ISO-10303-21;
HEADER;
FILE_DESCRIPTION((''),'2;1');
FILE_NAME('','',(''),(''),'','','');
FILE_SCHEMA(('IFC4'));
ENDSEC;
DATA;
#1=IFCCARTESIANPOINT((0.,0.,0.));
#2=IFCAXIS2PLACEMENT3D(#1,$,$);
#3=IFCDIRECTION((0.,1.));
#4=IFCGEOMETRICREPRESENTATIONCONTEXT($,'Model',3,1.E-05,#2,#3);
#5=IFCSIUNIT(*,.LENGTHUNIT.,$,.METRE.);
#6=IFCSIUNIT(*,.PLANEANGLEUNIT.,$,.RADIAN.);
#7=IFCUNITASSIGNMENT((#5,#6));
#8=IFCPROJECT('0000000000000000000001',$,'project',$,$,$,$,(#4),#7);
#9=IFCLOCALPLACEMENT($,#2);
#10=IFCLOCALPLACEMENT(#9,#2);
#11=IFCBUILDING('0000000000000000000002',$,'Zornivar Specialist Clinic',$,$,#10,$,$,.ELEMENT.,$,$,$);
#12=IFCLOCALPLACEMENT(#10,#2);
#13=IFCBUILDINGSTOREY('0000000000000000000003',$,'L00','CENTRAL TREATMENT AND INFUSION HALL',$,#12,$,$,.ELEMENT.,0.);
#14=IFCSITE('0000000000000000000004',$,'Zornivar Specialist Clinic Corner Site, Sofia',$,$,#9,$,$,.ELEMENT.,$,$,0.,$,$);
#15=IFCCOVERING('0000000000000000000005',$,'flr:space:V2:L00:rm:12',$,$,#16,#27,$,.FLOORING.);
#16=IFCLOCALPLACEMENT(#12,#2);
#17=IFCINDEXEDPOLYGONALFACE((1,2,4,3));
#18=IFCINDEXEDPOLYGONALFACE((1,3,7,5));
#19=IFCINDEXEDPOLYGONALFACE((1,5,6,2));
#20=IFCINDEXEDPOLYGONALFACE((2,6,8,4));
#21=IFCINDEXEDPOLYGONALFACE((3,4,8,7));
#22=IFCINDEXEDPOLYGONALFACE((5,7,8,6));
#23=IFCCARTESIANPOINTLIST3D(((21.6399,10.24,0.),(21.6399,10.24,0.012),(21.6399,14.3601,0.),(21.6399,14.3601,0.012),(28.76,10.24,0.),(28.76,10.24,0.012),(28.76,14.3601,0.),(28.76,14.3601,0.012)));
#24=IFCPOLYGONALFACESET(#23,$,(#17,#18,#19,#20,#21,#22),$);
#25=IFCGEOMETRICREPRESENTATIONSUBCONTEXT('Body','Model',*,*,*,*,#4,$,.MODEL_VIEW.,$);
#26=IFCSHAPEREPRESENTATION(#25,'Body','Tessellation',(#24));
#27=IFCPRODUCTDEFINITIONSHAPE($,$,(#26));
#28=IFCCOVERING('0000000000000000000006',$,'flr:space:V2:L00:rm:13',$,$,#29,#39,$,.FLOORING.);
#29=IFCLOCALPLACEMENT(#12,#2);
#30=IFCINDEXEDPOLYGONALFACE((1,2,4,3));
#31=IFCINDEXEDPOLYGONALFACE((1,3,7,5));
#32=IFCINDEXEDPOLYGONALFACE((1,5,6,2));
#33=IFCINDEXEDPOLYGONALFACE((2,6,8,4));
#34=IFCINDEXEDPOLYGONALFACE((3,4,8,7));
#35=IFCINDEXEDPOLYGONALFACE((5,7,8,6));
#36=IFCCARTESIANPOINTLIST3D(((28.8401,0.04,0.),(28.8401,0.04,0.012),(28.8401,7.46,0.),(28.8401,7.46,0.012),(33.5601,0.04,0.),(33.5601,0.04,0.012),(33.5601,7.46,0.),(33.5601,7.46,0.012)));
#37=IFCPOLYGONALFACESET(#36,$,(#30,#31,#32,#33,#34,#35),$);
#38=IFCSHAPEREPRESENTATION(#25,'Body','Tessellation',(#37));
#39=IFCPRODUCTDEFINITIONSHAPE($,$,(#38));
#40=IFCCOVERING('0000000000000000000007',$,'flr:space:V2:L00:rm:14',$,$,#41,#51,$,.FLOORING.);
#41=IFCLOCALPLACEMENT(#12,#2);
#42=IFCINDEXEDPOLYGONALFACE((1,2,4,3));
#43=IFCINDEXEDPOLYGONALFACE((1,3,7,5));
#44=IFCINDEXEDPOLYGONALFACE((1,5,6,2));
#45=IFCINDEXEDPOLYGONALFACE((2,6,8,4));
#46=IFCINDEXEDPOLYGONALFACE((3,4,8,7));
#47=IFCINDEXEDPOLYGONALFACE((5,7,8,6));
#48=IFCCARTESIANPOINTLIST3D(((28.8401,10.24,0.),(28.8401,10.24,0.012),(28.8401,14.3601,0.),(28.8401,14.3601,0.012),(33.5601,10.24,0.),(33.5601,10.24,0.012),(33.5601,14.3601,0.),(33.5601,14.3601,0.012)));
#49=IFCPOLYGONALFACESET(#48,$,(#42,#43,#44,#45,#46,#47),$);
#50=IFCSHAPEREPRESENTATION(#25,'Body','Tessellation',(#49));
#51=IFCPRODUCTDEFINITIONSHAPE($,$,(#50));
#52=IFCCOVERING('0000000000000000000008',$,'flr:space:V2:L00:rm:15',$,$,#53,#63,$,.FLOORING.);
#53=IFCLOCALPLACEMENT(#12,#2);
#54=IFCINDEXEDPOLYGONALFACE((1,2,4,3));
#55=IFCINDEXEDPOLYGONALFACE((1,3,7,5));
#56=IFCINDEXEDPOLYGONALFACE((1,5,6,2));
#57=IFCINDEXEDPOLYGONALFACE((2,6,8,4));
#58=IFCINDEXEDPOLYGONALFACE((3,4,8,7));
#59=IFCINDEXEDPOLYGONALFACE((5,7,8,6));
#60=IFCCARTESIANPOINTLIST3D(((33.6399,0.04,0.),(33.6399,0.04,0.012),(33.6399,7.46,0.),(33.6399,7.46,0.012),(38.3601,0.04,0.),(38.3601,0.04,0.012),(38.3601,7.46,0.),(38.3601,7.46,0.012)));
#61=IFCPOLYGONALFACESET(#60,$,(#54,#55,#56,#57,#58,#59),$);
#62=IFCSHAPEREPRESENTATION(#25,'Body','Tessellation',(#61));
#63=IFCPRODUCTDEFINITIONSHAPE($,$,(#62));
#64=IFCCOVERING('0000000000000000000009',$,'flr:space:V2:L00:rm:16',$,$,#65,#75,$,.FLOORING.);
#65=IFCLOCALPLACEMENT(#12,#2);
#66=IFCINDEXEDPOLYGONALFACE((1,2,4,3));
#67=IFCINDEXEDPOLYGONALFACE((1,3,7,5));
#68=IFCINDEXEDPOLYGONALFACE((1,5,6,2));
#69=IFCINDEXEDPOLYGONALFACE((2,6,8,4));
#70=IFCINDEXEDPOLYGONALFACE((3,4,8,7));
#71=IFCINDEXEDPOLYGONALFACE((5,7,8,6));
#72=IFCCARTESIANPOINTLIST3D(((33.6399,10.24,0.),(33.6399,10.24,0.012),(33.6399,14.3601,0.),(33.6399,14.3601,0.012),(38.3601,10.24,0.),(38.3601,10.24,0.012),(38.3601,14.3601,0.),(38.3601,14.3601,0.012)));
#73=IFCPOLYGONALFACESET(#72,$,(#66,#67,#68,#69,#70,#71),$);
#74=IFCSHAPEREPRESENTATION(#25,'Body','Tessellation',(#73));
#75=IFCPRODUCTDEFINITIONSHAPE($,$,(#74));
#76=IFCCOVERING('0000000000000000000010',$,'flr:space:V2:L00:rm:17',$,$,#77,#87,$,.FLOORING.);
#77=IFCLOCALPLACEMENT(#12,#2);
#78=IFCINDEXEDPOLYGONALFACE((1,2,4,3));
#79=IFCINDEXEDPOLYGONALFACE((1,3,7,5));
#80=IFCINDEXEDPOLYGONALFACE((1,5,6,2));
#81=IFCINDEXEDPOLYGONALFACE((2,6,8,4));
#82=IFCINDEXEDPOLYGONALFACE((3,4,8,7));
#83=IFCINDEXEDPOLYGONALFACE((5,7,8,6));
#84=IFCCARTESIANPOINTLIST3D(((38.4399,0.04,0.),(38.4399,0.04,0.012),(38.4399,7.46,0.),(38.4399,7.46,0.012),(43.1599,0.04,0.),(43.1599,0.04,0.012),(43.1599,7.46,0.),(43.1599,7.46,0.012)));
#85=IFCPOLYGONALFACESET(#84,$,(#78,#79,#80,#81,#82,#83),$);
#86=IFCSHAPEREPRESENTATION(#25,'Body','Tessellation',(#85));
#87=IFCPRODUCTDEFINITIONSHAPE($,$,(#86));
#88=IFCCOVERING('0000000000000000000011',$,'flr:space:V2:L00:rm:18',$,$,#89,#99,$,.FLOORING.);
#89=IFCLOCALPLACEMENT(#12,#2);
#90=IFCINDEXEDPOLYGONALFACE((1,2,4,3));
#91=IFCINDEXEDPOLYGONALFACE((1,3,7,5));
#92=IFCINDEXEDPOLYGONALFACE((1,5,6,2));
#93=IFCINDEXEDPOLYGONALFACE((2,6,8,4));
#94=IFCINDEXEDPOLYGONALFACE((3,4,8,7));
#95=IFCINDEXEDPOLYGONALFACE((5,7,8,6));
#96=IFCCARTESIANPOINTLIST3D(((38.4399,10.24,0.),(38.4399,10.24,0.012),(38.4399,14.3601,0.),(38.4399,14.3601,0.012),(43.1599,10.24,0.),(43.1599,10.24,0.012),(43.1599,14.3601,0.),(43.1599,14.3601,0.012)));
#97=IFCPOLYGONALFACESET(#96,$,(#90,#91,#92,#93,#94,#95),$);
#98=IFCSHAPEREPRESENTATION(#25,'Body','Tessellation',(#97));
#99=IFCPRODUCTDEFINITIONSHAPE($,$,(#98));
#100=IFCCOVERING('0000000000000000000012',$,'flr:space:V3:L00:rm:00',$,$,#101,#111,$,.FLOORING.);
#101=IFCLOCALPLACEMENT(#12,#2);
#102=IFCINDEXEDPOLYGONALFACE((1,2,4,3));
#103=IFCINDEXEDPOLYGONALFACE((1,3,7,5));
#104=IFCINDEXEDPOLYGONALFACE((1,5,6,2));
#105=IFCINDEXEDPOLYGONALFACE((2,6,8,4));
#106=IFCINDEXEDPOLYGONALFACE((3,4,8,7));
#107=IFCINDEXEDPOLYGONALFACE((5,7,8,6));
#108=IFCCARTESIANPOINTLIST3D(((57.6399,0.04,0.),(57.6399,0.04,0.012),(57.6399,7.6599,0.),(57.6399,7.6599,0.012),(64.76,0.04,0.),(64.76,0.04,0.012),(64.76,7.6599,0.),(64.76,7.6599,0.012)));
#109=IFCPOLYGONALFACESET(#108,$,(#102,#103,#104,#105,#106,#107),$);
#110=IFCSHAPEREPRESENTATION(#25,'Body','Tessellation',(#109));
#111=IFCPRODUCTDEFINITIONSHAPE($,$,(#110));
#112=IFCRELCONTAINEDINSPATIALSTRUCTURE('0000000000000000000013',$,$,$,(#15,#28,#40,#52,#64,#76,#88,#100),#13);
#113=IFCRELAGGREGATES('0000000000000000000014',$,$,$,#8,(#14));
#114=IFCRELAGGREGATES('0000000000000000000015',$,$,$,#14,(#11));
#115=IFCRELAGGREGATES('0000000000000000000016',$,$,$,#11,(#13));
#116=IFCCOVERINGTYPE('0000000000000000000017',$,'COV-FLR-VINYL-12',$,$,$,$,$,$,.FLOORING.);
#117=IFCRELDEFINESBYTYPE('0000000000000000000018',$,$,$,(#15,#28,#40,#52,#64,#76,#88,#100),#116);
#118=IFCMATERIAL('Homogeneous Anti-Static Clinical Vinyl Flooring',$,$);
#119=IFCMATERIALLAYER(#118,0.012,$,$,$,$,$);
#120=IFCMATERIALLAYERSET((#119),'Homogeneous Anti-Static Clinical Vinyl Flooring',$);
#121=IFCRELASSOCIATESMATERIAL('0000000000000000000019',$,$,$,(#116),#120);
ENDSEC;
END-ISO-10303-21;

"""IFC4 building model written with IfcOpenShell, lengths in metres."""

from ifc_helpers import new_model, si_unit, direction, origin, place, context, subcontext, project, spatial, polyline, outline, extrude, material, layer, layer_set, type_object, element, save


model = new_model("IFC4")

# Units and contexts
model_context = context("Model", 3, precision=1e-05, world=origin(), true_north=direction((0.0, 1.0)))
body_context = subcontext(model_context, "Body", "Model", "MODEL_VIEW")
ifc_project = project(units=[si_unit("LENGTHUNIT", "METRE"), si_unit("PLANEANGLEUNIT", "RADIAN")], contexts=[model_context])

# Site, building, storey
site_placement = place(None, origin())
site = spatial("IfcSite", under=ifc_project, at=site_placement, Name="Zornivar Specialist Clinic Corner Site, Sofia", CompositionType="ELEMENT", RefElevation=0.0)
building_placement = place(site_placement, origin())
building = spatial("IfcBuilding", under=site, at=building_placement, Name="Zornivar Specialist Clinic", CompositionType="ELEMENT")
storey_placement = place(building_placement, origin())
storey = spatial("IfcBuildingStorey", under=building, at=storey_placement, Name="L00", Description="CENTRAL TREATMENT AND INFUSION HALL", CompositionType="ELEMENT", Elevation=0.0)

# Coverings
ifc_material_1 = material(Name="Homogeneous Anti-Static Clinical Vinyl Flooring")
ifc_layer_1 = layer(ifc_material_1, 0.012)
ifc_layer_set_1 = layer_set([ifc_layer_1], Name="Homogeneous Anti-Static Clinical Vinyl Flooring")
covering_type_1 = type_object("IfcCoveringType", Name="COV-FLR-VINYL-12", PredefinedType="FLOORING", material=ifc_layer_set_1)
covering_1_placement = place(storey_placement, origin())
element("IfcCovering", 1, at=covering_1_placement, inside=storey, type_object=covering_type_1, Name="flr:space:V2:L00:rm:12", PredefinedType="FLOORING", context=body_context, shape_type="SweptSolid", body=[
    extrude(outline(polyline([(28.76, 10.24), (21.6399, 10.24), (21.6399, 14.3601), (28.76, 14.3601), (28.76, 10.24)])), origin(), (0.0, 0.0, 1.0), 0.012),
])
covering_2_placement = place(storey_placement, origin())
element("IfcCovering", 2, at=covering_2_placement, inside=storey, type_object=covering_type_1, Name="flr:space:V2:L00:rm:13", PredefinedType="FLOORING", context=body_context, shape_type="SweptSolid", body=[
    extrude(outline(polyline([(33.5601, 0.04), (28.8401, 0.04), (28.8401, 7.46), (33.5601, 7.46), (33.5601, 0.04)])), origin(), (0.0, 0.0, 1.0), 0.012),
])
covering_3_placement = place(storey_placement, origin())
element("IfcCovering", 3, at=covering_3_placement, inside=storey, type_object=covering_type_1, Name="flr:space:V2:L00:rm:14", PredefinedType="FLOORING", context=body_context, shape_type="SweptSolid", body=[
    extrude(outline(polyline([(33.5601, 10.24), (28.8401, 10.24), (28.8401, 14.3601), (33.5601, 14.3601), (33.5601, 10.24)])), origin(), (0.0, 0.0, 1.0), 0.012),
])
covering_4_placement = place(storey_placement, origin())
element("IfcCovering", 4, at=covering_4_placement, inside=storey, type_object=covering_type_1, Name="flr:space:V2:L00:rm:15", PredefinedType="FLOORING", context=body_context, shape_type="SweptSolid", body=[
    extrude(outline(polyline([(38.3601, 0.04), (33.6399, 0.04), (33.6399, 7.46), (38.3601, 7.46), (38.3601, 0.04)])), origin(), (0.0, 0.0, 1.0), 0.012),
])
covering_5_placement = place(storey_placement, origin())
element("IfcCovering", 5, at=covering_5_placement, inside=storey, type_object=covering_type_1, Name="flr:space:V2:L00:rm:16", PredefinedType="FLOORING", context=body_context, shape_type="SweptSolid", body=[
    extrude(outline(polyline([(38.3601, 10.24), (33.6399, 10.24), (33.6399, 14.3601), (38.3601, 14.3601), (38.3601, 10.24)])), origin(), (0.0, 0.0, 1.0), 0.012),
])
covering_6_placement = place(storey_placement, origin())
element("IfcCovering", 6, at=covering_6_placement, inside=storey, type_object=covering_type_1, Name="flr:space:V2:L00:rm:17", PredefinedType="FLOORING", context=body_context, shape_type="SweptSolid", body=[
    extrude(outline(polyline([(43.1599, 0.04), (38.4399, 0.04), (38.4399, 7.46), (43.1599, 7.46), (43.1599, 0.04)])), origin(), (0.0, 0.0, 1.0), 0.012),
])
covering_7_placement = place(storey_placement, origin())
element("IfcCovering", 7, at=covering_7_placement, inside=storey, type_object=covering_type_1, Name="flr:space:V2:L00:rm:18", PredefinedType="FLOORING", context=body_context, shape_type="SweptSolid", body=[
    extrude(outline(polyline([(43.1599, 10.24), (38.4399, 10.24), (38.4399, 14.3601), (43.1599, 14.3601), (43.1599, 10.24)])), origin(), (0.0, 0.0, 1.0), 0.012),
])
covering_8_placement = place(storey_placement, origin())
element("IfcCovering", 8, at=covering_8_placement, inside=storey, type_object=covering_type_1, Name="flr:space:V3:L00:rm:00", PredefinedType="FLOORING", context=body_context, shape_type="SweptSolid", body=[
    extrude(outline(polyline([(64.76, 7.6599), (64.76, 0.04), (57.6399, 0.04), (57.6399, 7.6599), (64.76, 7.6599)])), origin(), (0.0, 0.0, 1.0), 0.012),
])

save(model, "model.ifc")
